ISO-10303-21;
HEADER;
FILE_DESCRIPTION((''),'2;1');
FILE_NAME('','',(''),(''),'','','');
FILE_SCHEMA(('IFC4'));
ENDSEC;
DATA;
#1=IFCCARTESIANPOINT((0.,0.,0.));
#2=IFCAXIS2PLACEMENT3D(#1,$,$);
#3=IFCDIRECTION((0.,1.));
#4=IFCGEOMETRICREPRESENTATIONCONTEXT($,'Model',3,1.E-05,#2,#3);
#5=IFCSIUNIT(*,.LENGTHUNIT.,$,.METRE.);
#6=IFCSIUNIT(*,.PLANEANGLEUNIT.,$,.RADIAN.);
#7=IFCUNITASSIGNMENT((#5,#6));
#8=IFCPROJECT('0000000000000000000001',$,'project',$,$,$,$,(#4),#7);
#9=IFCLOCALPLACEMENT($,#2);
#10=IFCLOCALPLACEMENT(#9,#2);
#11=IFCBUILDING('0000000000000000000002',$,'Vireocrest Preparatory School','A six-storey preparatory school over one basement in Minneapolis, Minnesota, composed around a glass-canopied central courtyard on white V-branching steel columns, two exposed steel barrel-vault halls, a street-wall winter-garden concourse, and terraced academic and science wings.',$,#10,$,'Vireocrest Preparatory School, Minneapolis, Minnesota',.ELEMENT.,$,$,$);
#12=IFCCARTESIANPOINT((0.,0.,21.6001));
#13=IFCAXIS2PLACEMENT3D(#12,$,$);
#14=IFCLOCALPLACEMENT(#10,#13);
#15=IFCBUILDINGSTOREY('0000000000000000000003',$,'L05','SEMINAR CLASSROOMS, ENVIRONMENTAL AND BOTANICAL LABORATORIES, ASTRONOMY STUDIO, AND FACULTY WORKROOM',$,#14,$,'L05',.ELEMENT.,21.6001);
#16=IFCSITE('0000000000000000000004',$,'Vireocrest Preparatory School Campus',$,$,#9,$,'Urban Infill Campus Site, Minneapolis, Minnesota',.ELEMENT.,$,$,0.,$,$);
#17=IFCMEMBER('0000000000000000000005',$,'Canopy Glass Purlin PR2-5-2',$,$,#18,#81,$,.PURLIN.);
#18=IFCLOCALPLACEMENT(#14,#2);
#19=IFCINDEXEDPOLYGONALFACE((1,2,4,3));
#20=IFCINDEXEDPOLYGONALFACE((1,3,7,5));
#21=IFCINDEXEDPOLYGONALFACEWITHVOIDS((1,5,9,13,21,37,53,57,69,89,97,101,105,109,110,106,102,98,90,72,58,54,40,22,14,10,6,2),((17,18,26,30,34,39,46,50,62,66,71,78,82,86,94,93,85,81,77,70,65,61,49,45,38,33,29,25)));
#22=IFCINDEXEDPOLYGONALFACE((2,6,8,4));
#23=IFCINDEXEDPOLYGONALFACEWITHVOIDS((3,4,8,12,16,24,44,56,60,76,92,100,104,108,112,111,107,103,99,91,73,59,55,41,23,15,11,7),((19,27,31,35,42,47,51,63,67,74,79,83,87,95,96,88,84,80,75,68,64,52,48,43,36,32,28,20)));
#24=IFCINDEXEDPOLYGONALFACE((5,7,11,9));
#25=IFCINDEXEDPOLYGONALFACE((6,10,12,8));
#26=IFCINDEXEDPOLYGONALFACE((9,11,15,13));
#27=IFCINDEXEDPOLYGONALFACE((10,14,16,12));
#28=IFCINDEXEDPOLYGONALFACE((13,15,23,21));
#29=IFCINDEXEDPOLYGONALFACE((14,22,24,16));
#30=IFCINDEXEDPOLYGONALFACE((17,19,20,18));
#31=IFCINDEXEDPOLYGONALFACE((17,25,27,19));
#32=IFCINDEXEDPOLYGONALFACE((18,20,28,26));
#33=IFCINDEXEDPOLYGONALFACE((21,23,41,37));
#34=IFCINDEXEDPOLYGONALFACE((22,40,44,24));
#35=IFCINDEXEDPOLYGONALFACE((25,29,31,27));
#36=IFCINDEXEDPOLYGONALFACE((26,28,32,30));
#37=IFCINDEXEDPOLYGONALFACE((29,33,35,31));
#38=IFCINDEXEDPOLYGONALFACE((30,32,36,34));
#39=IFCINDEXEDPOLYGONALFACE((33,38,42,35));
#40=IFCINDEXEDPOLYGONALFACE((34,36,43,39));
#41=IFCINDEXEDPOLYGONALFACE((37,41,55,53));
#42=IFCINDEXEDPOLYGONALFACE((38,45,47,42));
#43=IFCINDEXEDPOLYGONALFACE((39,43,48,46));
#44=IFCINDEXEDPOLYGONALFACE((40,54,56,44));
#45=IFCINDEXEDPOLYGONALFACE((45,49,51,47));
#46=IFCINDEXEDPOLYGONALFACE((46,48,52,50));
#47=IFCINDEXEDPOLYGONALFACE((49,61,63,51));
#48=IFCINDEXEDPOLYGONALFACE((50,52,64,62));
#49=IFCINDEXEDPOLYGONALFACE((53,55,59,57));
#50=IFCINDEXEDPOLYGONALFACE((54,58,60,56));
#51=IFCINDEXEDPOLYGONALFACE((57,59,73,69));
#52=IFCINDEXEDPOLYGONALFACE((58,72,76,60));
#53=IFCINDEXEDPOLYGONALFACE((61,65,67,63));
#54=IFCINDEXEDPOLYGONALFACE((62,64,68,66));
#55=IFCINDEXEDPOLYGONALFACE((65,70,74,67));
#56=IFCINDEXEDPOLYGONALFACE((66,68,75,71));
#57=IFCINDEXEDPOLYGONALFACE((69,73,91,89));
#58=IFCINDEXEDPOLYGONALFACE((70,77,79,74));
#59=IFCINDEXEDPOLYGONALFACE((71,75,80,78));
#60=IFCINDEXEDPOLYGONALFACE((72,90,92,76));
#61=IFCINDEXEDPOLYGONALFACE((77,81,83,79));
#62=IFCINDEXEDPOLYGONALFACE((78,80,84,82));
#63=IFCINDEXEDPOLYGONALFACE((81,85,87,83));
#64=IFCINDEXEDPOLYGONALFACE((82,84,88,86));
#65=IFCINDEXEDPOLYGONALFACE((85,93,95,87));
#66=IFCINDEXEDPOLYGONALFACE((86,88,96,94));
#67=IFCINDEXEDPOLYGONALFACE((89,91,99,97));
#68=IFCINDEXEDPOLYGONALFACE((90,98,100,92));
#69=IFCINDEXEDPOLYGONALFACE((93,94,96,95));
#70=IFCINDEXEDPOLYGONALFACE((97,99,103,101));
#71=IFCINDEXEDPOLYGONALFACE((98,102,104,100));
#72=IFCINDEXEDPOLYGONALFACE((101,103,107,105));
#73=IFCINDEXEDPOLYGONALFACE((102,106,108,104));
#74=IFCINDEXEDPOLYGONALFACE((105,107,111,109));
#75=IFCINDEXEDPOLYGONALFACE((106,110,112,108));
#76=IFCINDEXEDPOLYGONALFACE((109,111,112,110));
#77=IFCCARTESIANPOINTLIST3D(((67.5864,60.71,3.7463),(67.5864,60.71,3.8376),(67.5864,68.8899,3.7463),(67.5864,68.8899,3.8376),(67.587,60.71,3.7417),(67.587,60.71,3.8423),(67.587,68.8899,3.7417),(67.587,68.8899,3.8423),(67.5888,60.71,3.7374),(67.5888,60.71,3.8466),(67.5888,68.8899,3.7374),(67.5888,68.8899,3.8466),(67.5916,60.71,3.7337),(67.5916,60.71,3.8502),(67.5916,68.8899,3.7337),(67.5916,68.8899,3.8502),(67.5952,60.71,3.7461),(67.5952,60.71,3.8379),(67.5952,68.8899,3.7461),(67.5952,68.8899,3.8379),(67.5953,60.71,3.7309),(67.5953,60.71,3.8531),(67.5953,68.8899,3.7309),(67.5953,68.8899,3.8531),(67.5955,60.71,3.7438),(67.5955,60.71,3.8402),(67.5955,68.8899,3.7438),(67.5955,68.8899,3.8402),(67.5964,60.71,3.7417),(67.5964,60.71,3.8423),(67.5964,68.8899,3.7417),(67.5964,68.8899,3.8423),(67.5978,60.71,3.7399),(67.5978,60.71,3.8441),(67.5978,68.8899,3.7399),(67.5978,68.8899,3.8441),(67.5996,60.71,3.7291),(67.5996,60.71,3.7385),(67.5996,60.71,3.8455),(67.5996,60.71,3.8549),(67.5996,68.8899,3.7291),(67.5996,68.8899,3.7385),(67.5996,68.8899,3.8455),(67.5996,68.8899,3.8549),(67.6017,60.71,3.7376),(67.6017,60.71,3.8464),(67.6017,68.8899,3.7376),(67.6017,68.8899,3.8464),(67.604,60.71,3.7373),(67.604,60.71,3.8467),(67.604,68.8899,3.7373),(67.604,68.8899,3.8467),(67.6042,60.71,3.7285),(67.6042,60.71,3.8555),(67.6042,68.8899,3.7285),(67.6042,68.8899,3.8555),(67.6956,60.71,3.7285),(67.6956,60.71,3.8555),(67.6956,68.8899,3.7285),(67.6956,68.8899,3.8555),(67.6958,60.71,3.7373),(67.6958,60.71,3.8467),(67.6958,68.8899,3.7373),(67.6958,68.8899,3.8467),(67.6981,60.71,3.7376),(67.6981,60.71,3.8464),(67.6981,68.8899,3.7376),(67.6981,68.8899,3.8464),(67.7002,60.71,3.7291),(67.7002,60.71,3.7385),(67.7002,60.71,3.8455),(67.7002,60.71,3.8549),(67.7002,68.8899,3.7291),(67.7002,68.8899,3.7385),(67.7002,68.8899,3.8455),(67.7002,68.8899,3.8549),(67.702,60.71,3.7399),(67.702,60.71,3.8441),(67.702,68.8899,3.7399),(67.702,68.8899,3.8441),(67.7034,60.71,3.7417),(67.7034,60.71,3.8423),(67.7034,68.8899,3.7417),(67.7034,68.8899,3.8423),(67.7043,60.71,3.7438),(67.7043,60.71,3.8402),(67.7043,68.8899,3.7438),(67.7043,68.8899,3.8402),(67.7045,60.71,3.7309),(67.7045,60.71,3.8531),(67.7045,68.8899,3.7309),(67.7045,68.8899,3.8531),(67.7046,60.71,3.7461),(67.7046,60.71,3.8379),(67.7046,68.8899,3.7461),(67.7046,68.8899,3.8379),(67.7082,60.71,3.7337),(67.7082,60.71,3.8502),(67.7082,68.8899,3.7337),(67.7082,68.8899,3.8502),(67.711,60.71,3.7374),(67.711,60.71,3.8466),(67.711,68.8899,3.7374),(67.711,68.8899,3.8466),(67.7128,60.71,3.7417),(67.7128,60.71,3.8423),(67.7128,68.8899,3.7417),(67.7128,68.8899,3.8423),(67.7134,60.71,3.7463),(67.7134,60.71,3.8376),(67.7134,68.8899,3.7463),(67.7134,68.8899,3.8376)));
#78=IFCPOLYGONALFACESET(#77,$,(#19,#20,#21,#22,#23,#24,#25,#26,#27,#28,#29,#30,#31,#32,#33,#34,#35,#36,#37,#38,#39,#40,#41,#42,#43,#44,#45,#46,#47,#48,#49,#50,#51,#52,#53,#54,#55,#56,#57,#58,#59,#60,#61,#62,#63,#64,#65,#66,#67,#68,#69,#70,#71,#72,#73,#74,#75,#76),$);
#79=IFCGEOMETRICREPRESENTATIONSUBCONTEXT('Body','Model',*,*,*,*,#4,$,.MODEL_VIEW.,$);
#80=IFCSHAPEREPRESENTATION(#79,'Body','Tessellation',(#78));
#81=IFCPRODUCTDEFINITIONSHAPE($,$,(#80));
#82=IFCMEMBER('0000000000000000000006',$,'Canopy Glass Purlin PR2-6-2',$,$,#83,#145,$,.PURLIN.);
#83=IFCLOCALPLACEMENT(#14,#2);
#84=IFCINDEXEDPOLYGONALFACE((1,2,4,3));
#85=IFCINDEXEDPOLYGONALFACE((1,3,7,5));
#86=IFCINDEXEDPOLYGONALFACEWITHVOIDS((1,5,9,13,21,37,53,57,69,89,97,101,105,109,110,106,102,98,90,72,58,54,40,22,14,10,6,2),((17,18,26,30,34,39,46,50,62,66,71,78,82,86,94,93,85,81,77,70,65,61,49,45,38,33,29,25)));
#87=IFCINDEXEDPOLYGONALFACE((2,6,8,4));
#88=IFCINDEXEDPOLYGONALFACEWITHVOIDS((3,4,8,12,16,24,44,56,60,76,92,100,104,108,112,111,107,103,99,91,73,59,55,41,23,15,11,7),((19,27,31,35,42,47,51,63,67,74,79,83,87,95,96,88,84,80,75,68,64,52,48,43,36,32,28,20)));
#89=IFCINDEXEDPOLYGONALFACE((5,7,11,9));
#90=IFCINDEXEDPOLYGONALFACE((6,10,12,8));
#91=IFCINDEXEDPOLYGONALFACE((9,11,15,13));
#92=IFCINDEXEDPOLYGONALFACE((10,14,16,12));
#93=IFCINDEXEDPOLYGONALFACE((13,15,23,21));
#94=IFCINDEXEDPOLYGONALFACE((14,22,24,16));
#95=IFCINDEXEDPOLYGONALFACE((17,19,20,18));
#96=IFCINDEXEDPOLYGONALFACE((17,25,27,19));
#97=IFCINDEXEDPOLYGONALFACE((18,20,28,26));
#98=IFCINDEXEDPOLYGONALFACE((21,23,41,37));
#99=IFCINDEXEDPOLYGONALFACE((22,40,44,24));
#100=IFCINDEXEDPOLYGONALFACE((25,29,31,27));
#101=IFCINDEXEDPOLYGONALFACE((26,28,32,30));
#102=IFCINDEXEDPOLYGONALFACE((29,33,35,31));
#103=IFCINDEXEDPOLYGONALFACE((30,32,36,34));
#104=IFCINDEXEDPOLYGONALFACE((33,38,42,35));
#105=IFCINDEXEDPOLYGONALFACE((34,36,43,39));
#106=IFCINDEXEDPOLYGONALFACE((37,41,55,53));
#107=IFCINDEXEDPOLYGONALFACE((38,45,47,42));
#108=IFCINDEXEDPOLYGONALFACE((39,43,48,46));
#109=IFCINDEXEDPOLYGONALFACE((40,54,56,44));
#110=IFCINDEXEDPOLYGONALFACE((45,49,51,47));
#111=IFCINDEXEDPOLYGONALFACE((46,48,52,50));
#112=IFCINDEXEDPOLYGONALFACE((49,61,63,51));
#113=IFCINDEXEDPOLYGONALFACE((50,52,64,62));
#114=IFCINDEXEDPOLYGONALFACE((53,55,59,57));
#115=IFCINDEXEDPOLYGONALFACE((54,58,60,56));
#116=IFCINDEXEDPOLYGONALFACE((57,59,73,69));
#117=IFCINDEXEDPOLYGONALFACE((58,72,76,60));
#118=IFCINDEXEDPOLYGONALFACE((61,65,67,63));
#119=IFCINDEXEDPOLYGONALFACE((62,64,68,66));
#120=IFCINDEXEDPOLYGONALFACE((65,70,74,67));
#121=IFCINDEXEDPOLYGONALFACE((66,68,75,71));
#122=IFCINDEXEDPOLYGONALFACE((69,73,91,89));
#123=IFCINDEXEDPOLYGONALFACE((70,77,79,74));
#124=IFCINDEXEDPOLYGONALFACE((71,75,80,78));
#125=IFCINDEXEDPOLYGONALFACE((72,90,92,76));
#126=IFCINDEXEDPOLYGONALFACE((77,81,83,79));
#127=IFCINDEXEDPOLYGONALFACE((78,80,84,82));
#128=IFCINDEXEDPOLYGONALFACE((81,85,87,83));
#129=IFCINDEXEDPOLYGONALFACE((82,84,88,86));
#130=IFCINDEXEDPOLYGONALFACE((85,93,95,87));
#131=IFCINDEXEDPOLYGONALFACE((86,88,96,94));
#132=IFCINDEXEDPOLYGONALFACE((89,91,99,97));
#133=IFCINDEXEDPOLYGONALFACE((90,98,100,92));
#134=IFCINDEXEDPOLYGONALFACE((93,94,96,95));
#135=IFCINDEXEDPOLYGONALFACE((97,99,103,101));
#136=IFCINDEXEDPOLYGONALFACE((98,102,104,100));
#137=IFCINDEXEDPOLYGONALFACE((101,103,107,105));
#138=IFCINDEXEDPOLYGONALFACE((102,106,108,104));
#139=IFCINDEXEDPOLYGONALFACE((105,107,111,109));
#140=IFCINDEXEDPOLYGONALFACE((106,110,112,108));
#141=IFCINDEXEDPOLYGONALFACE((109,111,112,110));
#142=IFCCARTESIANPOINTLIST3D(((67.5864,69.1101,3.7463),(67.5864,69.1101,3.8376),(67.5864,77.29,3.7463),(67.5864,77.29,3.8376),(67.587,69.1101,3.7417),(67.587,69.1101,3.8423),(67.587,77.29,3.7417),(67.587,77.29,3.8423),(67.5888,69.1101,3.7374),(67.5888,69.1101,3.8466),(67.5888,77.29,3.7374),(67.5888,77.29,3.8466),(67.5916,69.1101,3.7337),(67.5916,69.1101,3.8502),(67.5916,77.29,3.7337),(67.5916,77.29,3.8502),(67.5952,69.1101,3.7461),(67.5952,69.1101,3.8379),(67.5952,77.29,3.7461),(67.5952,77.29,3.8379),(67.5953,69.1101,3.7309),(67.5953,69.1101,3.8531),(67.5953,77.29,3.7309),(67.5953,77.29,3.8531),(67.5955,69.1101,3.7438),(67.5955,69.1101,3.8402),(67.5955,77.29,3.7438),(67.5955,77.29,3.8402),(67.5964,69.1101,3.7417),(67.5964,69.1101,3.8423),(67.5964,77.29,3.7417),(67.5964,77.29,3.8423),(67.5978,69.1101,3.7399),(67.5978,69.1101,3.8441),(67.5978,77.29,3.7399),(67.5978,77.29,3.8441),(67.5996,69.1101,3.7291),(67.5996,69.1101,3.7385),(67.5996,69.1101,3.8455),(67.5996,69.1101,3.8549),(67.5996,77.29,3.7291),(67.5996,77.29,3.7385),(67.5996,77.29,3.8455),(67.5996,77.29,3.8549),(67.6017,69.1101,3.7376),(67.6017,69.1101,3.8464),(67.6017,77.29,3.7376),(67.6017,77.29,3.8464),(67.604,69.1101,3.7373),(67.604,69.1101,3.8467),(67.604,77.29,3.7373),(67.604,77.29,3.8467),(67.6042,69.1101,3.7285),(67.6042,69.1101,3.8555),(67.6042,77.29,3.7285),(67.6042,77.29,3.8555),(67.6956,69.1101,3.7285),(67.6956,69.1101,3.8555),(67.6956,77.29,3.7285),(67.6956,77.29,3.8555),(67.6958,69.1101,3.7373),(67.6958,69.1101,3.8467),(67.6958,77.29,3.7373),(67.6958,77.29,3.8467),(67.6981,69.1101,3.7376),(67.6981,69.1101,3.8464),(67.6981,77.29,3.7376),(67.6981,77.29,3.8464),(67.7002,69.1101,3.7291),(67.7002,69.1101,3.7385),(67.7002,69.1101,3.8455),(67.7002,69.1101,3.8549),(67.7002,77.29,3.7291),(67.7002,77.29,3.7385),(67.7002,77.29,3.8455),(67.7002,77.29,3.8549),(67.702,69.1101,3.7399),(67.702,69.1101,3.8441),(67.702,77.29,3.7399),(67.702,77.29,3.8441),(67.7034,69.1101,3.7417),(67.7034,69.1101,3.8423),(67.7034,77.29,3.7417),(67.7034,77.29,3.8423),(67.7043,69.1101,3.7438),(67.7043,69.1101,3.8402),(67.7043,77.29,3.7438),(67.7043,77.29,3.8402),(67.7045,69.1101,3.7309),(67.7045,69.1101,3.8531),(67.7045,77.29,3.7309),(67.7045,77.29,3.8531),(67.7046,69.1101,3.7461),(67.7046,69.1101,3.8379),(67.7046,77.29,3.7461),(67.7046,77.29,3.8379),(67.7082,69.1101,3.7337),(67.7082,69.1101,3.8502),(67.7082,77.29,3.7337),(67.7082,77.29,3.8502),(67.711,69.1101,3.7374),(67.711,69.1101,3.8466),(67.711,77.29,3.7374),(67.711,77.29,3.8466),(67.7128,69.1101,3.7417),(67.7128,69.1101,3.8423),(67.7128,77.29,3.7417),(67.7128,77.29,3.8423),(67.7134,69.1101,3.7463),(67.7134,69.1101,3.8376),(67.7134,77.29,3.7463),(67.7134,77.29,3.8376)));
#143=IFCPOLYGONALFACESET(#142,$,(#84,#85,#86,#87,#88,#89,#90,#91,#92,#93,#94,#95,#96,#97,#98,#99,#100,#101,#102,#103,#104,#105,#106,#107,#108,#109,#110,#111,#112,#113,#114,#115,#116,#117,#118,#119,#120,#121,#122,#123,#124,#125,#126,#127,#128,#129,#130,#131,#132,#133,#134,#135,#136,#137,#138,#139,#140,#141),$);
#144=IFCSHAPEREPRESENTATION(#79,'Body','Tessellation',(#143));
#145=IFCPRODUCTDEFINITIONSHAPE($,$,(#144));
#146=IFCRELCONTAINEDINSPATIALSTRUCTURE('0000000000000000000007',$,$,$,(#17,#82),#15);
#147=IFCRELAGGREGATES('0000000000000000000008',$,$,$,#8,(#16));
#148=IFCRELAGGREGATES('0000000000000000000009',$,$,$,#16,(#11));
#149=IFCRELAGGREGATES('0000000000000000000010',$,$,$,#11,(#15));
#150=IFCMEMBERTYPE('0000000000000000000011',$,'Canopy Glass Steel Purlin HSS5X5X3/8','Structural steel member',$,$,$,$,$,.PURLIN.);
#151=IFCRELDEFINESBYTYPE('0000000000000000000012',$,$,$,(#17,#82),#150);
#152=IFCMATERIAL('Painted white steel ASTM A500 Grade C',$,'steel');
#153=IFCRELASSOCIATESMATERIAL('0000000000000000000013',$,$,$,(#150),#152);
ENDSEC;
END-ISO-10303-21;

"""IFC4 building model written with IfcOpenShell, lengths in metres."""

from ifc_helpers import new_model, si_unit, direction, frame, origin, origin_2d, place, context, subcontext, project, spatial, hollow_rectangle, extrude, material, material_profile, profile_set, type_object, element, save


model = new_model("IFC4")

# Units and contexts
model_context = context("Model", 3, precision=1e-05, world=origin(), true_north=direction((0.0, 1.0)))
body_context = subcontext(model_context, "Body", "Model", "MODEL_VIEW")
ifc_project = project(units=[si_unit("LENGTHUNIT", "METRE"), si_unit("PLANEANGLEUNIT", "RADIAN")], contexts=[model_context])

# Site, building, storey
site_placement = place(None, origin())
site = spatial("IfcSite", under=ifc_project, at=site_placement, Name="Vireocrest Preparatory School Campus", LongName="Urban Infill Campus Site, Minneapolis, Minnesota", CompositionType="ELEMENT", RefElevation=0.0)
building_placement = place(site_placement, origin())
building = spatial("IfcBuilding", under=site, at=building_placement, Name="Vireocrest Preparatory School", Description="A six-storey preparatory school over one basement in Minneapolis, Minnesota, composed around a glass-canopied central courtyard on white V-branching steel columns, two exposed steel barrel-vault halls, a street-wall winter-garden concourse, and terraced academic and science wings.", LongName="Vireocrest Preparatory School, Minneapolis, Minnesota", CompositionType="ELEMENT")
storey_placement = place(building_placement, frame((0.0, 0.0, 21.6001)))
storey = spatial("IfcBuildingStorey", under=building, at=storey_placement, Name="L05", Description="SEMINAR CLASSROOMS, ENVIRONMENTAL AND BOTANICAL LABORATORIES, ASTRONOMY STUDIO, AND FACULTY WORKROOM", LongName="L05", CompositionType="ELEMENT", Elevation=21.6001)

# Members
ifc_material_1 = material(Name="Painted white steel ASTM A500 Grade C", Category="steel")
ifc_material_profile_1 = material_profile(ifc_material_1, hollow_rectangle(XDim=0.127, YDim=0.127, WallThickness=0.0088, InnerFilletRadius=0.0088, OuterFilletRadius=0.0178, at=origin_2d()), Name="HSS5X5X3/8")
ifc_profile_set_1 = profile_set([ifc_material_profile_1], Name="Painted white steel ASTM A500 Grade C")
member_type_1 = type_object("IfcMemberType", Name="Canopy Glass Steel Purlin HSS5X5X3/8", Description="Structural steel member", PredefinedType="PURLIN", material=ifc_profile_set_1)
for number, where, z_axis, x_axis, name in (
    (1, (67.6499, 60.71, 3.792), (0.0, 1.0, 0.0), (-1.0, 0.0, 0.0), "Canopy Glass Purlin PR2-5-2"),
    (2, (67.6499, 69.1101, 3.792), (0.0, 1.0, 0.0), (-1.0, 0.0, 0.0), "Canopy Glass Purlin PR2-6-2"),
):
    element("IfcMember", number, at=place(storey_placement, frame(where, z_axis=z_axis, x_axis=x_axis)), inside=storey, type_object=member_type_1, Name=name, PredefinedType="PURLIN", context=body_context, shape_type="SweptSolid", body=[
        extrude(hollow_rectangle(XDim=0.127, YDim=0.127, WallThickness=0.0088, InnerFilletRadius=0.0088, OuterFilletRadius=0.0178, at=origin_2d()), origin(), (0.0, 0.0, 1.0), 8.1799),
    ])

save(model, "model.ifc")
